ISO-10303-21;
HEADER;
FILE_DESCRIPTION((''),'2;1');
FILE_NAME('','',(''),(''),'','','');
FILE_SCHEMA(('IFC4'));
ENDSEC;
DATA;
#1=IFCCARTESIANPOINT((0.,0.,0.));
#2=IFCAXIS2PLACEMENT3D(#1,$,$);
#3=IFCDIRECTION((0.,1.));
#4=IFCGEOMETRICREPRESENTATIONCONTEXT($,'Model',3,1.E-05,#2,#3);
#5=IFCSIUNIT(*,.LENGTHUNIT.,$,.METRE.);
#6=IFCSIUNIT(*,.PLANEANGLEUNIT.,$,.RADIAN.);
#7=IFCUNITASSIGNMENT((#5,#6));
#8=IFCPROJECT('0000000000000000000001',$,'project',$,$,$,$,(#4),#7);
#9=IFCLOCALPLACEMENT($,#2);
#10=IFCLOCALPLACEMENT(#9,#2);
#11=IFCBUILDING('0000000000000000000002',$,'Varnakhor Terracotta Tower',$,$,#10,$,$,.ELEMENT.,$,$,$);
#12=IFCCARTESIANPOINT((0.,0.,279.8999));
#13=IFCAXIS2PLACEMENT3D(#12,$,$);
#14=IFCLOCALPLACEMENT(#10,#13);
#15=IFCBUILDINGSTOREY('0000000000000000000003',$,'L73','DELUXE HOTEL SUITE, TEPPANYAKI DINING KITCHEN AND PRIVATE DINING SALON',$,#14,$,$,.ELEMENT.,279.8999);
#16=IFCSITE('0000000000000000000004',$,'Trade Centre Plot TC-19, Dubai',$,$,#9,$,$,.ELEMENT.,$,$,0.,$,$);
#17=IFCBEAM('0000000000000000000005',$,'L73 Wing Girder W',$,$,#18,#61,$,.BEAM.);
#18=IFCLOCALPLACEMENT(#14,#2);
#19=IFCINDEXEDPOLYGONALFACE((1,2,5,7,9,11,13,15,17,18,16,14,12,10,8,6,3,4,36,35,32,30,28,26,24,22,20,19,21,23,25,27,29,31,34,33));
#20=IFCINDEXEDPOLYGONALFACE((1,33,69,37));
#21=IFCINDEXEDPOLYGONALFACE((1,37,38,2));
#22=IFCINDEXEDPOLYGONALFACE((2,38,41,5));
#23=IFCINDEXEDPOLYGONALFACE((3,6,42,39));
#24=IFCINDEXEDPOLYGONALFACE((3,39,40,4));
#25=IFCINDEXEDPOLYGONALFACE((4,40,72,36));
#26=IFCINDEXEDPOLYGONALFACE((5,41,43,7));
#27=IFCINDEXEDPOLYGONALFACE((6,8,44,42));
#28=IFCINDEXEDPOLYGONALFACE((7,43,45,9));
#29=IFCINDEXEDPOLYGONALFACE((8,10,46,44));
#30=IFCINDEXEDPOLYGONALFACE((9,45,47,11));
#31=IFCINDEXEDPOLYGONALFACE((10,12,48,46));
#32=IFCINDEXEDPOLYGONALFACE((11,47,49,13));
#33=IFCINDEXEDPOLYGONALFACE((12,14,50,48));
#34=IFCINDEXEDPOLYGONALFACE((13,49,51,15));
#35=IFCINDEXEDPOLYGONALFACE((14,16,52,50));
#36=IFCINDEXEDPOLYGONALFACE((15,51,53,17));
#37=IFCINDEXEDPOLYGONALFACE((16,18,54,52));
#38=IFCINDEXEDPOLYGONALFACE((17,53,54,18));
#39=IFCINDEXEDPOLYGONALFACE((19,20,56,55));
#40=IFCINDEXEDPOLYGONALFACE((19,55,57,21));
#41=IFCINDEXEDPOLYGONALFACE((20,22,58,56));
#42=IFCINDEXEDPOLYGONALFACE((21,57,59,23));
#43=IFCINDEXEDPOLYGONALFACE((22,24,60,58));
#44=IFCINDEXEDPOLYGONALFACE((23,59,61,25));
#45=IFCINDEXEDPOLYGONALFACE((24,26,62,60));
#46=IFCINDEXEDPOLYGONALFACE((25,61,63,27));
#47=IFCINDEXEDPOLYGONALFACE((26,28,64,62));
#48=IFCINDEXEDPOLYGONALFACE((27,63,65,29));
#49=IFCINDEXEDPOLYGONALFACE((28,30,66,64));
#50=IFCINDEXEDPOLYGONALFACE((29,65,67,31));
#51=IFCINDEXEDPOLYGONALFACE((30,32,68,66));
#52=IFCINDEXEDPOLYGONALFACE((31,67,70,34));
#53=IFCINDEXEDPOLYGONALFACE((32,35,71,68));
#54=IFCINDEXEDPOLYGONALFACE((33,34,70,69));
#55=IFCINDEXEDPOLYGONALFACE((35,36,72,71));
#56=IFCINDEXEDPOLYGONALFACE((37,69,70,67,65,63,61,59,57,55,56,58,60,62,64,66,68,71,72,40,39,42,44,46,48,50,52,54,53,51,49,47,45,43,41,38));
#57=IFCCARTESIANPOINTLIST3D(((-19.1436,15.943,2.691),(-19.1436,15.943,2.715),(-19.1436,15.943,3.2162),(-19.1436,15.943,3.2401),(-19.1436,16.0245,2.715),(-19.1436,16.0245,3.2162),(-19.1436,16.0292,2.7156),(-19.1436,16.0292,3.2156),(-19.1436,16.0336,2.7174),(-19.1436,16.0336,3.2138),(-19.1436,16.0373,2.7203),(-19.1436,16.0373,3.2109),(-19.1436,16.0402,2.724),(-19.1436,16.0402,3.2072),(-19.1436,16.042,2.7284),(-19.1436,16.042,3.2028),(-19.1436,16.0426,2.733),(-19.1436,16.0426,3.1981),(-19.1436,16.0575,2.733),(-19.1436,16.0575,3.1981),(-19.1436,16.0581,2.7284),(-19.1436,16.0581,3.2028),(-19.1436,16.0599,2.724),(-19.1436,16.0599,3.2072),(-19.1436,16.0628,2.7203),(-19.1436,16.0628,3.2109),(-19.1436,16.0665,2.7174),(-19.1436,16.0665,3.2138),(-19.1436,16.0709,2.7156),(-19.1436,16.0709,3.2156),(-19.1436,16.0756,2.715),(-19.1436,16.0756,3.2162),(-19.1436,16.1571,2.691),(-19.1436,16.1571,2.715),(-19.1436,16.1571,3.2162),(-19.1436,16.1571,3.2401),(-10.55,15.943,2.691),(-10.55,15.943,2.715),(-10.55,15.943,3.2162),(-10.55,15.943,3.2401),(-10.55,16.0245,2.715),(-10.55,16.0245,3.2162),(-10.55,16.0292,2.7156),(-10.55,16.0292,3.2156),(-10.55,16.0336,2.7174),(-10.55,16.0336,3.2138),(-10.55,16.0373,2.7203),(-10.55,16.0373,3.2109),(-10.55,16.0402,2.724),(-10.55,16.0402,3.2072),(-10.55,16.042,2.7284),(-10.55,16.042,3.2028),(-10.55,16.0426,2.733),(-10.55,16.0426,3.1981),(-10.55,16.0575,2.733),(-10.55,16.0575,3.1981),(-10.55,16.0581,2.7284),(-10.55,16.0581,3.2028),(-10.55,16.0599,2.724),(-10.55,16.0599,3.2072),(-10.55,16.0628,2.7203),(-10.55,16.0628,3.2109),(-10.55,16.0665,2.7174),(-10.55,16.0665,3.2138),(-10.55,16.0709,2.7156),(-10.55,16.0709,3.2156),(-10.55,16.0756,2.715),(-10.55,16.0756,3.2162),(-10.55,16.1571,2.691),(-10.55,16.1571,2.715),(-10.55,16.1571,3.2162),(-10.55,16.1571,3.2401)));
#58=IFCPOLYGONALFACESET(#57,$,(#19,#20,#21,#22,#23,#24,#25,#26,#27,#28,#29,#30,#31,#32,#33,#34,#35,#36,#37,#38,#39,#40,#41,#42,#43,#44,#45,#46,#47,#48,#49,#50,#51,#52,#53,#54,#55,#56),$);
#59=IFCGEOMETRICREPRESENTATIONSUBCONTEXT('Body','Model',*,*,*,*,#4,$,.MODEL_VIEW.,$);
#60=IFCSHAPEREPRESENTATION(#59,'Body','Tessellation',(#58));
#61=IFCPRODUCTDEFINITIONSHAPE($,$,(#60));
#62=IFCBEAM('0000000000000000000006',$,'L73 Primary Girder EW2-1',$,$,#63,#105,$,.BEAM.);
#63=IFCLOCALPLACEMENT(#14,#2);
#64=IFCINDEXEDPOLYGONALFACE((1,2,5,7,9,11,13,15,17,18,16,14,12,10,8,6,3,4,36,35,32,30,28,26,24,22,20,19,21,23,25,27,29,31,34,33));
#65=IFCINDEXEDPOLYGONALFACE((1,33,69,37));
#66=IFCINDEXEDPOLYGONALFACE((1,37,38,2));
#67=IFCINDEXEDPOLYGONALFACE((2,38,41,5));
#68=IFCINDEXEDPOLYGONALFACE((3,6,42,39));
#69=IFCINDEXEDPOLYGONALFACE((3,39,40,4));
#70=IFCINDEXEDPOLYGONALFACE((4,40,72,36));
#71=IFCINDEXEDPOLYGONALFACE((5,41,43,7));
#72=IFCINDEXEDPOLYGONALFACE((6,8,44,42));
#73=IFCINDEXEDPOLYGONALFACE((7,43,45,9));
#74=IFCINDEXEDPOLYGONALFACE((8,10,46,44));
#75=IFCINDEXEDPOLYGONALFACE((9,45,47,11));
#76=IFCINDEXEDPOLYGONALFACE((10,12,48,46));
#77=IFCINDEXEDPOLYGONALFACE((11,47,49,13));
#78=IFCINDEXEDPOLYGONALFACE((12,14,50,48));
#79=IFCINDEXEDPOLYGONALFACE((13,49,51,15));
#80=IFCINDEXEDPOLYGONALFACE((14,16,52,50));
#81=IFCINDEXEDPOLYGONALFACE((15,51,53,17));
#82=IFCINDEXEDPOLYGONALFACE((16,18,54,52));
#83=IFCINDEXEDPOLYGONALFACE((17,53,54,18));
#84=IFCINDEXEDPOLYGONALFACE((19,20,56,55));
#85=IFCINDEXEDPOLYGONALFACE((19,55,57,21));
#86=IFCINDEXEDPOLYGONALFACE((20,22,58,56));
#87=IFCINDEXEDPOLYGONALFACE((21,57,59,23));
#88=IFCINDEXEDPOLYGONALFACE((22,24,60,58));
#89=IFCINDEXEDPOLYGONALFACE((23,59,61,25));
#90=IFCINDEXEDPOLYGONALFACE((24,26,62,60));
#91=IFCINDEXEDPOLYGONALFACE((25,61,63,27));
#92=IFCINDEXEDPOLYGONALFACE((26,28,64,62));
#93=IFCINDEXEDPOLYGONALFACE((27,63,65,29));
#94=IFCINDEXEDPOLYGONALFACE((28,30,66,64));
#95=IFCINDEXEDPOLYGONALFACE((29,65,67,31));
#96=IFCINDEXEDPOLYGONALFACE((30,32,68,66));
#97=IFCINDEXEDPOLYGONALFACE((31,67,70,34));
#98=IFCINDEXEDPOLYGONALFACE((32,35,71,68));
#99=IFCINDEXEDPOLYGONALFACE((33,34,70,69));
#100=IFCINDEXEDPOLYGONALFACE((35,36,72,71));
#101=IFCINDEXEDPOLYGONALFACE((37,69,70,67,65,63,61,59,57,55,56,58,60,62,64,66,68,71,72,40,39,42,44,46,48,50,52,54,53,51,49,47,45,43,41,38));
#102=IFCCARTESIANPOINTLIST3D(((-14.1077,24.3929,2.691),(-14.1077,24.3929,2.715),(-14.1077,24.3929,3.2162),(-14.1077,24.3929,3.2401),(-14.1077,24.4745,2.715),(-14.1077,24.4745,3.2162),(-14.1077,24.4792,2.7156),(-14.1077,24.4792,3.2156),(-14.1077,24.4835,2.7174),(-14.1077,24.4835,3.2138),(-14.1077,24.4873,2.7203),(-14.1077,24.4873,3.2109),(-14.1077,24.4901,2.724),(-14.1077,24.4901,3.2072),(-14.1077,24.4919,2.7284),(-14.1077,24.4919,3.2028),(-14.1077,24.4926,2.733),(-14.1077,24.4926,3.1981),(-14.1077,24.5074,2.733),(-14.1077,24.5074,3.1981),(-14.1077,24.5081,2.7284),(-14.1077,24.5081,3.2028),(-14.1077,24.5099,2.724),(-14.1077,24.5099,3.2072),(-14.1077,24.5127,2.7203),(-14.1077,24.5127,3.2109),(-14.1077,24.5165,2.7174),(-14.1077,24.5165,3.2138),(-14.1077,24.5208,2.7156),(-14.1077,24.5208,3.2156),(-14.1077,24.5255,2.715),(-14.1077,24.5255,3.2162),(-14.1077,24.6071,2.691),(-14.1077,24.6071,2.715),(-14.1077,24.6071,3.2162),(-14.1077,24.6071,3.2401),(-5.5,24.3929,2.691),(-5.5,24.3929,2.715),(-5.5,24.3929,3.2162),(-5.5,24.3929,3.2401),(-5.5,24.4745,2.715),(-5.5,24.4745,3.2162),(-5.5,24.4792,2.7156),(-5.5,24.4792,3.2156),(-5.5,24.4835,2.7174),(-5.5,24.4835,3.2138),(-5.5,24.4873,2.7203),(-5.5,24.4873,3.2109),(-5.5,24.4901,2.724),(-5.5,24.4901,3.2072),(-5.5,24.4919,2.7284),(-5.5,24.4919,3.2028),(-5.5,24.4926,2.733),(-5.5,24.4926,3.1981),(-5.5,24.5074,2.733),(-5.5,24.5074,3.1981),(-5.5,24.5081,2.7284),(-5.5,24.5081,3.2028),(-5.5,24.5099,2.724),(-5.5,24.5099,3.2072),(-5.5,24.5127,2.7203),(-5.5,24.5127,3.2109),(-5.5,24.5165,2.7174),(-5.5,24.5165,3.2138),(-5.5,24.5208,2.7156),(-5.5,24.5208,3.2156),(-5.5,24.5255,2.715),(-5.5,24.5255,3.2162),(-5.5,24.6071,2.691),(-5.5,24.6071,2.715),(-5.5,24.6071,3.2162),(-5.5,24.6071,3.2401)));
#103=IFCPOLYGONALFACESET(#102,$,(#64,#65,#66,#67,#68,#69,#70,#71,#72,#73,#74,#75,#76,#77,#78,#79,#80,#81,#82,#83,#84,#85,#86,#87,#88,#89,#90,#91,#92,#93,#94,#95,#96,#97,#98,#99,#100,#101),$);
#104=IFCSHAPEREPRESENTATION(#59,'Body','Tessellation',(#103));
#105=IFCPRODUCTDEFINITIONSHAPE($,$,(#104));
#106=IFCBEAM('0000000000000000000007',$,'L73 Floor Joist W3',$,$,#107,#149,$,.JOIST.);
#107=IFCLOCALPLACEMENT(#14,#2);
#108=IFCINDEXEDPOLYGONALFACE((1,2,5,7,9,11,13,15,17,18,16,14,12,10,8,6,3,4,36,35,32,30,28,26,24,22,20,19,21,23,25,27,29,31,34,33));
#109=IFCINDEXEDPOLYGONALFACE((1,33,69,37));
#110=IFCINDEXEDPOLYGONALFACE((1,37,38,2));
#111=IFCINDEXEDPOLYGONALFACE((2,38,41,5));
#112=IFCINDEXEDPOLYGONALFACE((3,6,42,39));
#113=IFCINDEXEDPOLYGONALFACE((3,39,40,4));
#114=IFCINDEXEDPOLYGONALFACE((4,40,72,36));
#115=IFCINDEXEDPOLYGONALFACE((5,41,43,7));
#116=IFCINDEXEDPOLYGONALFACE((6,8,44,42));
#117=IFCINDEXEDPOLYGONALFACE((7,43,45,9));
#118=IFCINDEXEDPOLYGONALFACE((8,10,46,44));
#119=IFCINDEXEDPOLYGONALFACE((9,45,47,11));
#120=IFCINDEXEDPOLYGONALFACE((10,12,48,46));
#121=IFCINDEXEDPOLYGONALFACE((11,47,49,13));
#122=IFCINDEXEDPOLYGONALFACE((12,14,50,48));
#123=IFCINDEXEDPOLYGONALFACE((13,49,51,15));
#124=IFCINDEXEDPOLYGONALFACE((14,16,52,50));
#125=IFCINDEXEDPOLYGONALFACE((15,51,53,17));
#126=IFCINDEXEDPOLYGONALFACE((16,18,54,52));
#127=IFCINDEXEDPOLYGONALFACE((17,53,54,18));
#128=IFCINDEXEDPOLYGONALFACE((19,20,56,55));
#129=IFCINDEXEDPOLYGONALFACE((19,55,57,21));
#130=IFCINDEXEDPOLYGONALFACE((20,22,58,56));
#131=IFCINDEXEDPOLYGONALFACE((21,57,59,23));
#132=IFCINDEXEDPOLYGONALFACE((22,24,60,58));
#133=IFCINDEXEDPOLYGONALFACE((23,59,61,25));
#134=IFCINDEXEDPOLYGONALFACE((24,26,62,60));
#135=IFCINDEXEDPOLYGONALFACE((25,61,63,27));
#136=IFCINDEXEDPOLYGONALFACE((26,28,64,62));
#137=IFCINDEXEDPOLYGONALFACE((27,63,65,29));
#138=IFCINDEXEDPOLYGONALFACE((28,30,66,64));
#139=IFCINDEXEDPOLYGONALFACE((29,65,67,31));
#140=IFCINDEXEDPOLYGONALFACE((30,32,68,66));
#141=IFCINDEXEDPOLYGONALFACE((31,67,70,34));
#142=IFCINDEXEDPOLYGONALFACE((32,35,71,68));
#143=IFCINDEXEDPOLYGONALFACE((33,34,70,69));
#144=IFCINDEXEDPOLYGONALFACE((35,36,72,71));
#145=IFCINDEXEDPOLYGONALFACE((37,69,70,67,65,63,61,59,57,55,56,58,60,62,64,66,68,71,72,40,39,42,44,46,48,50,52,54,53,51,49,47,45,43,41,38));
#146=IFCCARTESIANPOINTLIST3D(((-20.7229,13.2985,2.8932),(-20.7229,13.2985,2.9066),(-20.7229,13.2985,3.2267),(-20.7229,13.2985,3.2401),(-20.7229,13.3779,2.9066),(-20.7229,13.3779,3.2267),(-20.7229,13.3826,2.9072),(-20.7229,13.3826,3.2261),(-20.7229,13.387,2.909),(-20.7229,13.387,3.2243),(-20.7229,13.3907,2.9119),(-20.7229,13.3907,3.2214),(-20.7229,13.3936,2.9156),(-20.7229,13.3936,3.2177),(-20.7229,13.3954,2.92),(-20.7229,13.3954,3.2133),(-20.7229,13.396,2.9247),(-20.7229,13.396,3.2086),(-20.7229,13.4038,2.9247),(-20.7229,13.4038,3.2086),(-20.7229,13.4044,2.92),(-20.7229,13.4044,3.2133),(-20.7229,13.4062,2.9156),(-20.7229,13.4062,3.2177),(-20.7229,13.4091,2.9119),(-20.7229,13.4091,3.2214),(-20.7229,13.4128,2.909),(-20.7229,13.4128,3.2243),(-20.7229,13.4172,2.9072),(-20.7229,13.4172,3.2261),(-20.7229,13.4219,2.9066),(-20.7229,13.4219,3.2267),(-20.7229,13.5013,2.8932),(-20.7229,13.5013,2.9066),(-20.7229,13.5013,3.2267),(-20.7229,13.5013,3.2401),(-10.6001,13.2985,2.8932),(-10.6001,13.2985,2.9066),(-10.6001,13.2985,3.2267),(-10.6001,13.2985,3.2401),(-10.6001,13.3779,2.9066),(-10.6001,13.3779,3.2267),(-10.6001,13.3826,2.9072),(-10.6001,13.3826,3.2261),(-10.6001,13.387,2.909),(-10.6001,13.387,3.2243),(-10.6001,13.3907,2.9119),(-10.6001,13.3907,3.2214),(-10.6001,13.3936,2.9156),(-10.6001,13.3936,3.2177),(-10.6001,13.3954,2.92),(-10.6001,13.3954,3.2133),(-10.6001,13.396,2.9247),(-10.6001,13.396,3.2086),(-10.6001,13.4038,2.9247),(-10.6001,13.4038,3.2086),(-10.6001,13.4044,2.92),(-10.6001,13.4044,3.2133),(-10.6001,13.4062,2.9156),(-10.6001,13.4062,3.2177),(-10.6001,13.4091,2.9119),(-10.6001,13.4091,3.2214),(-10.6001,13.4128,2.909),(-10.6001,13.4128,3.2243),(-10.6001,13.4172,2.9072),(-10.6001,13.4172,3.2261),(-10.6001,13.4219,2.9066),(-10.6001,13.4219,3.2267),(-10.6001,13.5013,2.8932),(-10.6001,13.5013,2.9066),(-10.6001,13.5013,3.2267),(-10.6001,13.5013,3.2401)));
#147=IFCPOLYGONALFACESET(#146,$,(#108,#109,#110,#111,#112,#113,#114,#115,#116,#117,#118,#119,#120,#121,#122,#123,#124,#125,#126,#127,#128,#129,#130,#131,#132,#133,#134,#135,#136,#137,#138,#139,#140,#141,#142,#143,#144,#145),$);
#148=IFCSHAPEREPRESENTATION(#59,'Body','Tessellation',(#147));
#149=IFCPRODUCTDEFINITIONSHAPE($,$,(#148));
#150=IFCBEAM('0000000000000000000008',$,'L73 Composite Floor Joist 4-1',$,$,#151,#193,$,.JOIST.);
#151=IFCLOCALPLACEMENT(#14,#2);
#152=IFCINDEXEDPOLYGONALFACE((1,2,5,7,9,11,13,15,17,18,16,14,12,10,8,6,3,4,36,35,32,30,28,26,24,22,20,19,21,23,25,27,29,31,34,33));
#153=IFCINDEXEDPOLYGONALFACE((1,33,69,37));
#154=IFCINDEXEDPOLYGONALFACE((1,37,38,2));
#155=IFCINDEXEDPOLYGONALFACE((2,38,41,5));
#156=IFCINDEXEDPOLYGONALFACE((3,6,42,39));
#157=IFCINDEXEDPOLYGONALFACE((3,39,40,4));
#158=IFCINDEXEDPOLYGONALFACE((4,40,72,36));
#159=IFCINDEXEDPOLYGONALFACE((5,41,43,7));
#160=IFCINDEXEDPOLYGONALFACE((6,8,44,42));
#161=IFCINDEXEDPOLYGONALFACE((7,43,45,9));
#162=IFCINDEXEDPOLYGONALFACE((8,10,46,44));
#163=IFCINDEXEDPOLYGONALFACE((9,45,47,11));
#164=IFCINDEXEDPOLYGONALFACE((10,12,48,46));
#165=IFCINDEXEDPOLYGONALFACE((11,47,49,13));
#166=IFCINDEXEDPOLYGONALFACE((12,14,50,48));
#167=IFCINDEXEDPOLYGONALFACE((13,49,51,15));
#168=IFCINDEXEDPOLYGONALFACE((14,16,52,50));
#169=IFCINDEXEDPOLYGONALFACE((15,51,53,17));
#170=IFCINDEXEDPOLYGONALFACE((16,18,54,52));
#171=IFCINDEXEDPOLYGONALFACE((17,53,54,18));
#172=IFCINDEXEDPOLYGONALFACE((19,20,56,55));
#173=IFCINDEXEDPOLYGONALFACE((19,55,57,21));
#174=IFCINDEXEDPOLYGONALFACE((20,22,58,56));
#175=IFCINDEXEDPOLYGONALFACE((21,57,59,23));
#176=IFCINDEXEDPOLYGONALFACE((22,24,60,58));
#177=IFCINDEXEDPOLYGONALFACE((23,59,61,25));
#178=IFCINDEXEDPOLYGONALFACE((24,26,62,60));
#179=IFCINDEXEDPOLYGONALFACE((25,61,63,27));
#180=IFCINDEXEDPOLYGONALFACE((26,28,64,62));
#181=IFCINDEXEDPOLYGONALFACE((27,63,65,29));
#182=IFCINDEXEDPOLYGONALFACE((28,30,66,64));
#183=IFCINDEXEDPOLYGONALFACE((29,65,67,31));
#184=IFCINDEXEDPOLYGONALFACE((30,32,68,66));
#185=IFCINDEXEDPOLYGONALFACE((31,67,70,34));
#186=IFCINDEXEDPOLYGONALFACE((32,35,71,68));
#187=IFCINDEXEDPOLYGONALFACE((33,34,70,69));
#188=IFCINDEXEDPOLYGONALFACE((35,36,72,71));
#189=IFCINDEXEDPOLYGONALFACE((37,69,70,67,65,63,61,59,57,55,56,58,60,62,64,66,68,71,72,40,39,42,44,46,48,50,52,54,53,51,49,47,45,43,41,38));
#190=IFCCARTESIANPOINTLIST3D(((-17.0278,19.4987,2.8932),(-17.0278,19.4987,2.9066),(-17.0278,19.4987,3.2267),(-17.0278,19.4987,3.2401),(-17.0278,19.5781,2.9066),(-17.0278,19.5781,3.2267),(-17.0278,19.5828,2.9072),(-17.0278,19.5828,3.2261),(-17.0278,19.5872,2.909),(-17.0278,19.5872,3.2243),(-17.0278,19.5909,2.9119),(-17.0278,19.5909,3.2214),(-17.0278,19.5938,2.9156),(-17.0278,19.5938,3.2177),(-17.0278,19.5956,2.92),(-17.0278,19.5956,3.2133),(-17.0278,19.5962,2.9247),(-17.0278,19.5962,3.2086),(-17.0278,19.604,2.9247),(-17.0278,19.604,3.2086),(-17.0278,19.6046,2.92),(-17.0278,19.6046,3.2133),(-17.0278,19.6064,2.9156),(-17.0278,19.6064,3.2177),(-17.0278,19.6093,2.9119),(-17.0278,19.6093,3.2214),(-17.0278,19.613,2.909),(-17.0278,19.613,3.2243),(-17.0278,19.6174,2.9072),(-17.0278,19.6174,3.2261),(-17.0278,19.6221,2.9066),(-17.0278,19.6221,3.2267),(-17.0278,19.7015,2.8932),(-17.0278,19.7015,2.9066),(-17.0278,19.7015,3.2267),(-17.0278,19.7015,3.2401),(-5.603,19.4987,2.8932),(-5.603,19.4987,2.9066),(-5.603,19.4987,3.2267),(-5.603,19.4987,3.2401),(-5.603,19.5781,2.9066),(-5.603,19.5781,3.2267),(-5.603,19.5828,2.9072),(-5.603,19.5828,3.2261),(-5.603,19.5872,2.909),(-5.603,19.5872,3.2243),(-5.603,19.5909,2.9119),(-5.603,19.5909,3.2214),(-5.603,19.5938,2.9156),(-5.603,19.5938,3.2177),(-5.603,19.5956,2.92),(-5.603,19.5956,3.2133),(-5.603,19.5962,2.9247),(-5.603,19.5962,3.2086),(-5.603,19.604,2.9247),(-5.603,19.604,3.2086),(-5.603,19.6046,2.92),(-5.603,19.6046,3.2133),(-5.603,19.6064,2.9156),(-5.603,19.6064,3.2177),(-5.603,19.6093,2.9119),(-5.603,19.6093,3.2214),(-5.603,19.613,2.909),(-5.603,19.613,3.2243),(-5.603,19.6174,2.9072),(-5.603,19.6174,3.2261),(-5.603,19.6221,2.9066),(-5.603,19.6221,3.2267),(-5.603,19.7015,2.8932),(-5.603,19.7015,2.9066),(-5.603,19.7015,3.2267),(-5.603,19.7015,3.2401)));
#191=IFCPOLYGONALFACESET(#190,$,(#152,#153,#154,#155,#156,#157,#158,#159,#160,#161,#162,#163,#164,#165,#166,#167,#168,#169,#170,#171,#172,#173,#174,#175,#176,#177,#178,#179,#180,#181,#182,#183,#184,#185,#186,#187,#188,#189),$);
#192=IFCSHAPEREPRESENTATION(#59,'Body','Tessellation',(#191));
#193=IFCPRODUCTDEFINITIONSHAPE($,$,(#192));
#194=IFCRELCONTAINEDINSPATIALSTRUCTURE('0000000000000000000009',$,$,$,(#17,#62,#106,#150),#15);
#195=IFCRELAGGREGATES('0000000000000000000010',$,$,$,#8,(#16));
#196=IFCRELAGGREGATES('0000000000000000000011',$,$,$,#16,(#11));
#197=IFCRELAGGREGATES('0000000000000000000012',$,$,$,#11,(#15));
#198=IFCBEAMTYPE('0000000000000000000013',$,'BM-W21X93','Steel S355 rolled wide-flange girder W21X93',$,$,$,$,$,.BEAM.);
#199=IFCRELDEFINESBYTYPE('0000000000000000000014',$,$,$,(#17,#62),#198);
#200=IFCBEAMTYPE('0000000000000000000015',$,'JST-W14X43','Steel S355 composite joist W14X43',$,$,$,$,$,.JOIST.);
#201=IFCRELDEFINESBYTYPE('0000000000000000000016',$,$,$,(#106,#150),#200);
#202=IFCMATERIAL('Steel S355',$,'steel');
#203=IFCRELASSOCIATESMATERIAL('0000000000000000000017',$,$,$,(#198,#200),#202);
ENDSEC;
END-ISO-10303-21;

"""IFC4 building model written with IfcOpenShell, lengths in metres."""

from ifc_helpers import new_model, si_unit, direction, frame, origin, origin_2d, place, context, subcontext, project, spatial, i_section, extrude, source, transform, mapped, material, material_profile, profile_set, type_object, element, save


model = new_model("IFC4")

# Units and contexts
model_context = context("Model", 3, precision=1e-05, world=origin(), true_north=direction((0.0, 1.0)))
body_context = subcontext(model_context, "Body", "Model", "MODEL_VIEW")
ifc_project = project(units=[si_unit("LENGTHUNIT", "METRE"), si_unit("PLANEANGLEUNIT", "RADIAN")], contexts=[model_context])

# Site, building, storey
site_placement = place(None, origin())
site = spatial("IfcSite", under=ifc_project, at=site_placement, Name="Trade Centre Plot TC-19, Dubai", CompositionType="ELEMENT", RefElevation=0.0)
building_placement = place(site_placement, origin())
building = spatial("IfcBuilding", under=site, at=building_placement, Name="Varnakhor Terracotta Tower", CompositionType="ELEMENT")
storey_placement = place(building_placement, frame((0.0, 0.0, 279.8999)))
storey = spatial("IfcBuildingStorey", under=building, at=storey_placement, Name="L73", Description="DELUXE HOTEL SUITE, TEPPANYAKI DINING KITCHEN AND PRIVATE DINING SALON", CompositionType="ELEMENT", Elevation=279.8999)

# Beams
ifc_material_1 = material(Name="Steel S355", Category="steel")
ifc_material_profile_1 = material_profile(ifc_material_1, i_section(OverallWidth=0.2141, OverallDepth=0.5491, WebThickness=0.0149, FlangeThickness=0.0239, FilletRadius=0.0181, at=origin_2d()), Name="W21X93")
ifc_profile_set_1 = profile_set([ifc_material_profile_1], Name="Steel S355")
beam_type_1 = type_object("IfcBeamType", Name="BM-W21X93", Description="Steel S355 rolled wide-flange girder W21X93", PredefinedType="BEAM", material=ifc_profile_set_1)
shared_shape_1 = source(origin(), body_context, "Body", "SweptSolid", [
    extrude(i_section(OverallWidth=0.2141, OverallDepth=0.5491, WebThickness=0.0149, FlangeThickness=0.0239, FilletRadius=0.0181, at=origin_2d()), origin(), (0.0, 0.0, 1.0), 8.5935),
])
beam_1_placement = place(storey_placement, frame((-19.1436, 16.05, 2.9656), z_axis=(1.0, 0.0, 0.0), x_axis=(0.0, 1.0, 0.0)))
element("IfcBeam", 1, at=beam_1_placement, inside=storey, type_object=beam_type_1, Name="L73 Wing Girder W", PredefinedType="BEAM", context=body_context, shape_type="MappedRepresentation", body=[
    mapped(shared_shape_1, transform((0.0, 0.0, 0.0), scale=1.0)),
])
shared_shape_2 = source(origin(), body_context, "Body", "SweptSolid", [
    extrude(i_section(OverallWidth=0.2141, OverallDepth=0.5491, WebThickness=0.0149, FlangeThickness=0.0239, FilletRadius=0.0181, at=origin_2d()), origin(), (0.0, 0.0, 1.0), 8.6077),
])
beam_2_placement = place(storey_placement, frame((-14.1077, 24.5, 2.9656), z_axis=(1.0, 0.0, 0.0), x_axis=(0.0, 1.0, 0.0)))
element("IfcBeam", 2, at=beam_2_placement, inside=storey, type_object=beam_type_1, Name="L73 Primary Girder EW2-1", PredefinedType="BEAM", context=body_context, shape_type="MappedRepresentation", body=[
    mapped(shared_shape_2, transform((0.0, 0.0, 0.0), scale=1.0)),
])
ifc_material_profile_2 = material_profile(ifc_material_1, i_section(OverallWidth=0.2029, OverallDepth=0.3469, WebThickness=0.0078, FlangeThickness=0.0134, FilletRadius=0.0181, at=origin_2d()), Name="W14X43")
ifc_profile_set_2 = profile_set([ifc_material_profile_2], Name="Steel S355")
beam_type_2 = type_object("IfcBeamType", Name="JST-W14X43", Description="Steel S355 composite joist W14X43", PredefinedType="JOIST", material=ifc_profile_set_2)
shared_shape_3 = source(origin(), body_context, "Body", "SweptSolid", [
    extrude(i_section(OverallWidth=0.2029, OverallDepth=0.3469, WebThickness=0.0078, FlangeThickness=0.0134, FilletRadius=0.0181, at=origin_2d()), origin(), (0.0, 0.0, 1.0), 10.1228),
])
beam_3_placement = place(storey_placement, frame((-20.7229, 13.3999, 3.0667), z_axis=(1.0, 0.0, 0.0), x_axis=(0.0, 1.0, 0.0)))
element("IfcBeam", 3, at=beam_3_placement, inside=storey, type_object=beam_type_2, Name="L73 Floor Joist W3", PredefinedType="JOIST", context=body_context, shape_type="MappedRepresentation", body=[
    mapped(shared_shape_3, transform((0.0, 0.0, 0.0), scale=1.0)),
])
shared_shape_4 = source(origin(), body_context, "Body", "SweptSolid", [
    extrude(i_section(OverallWidth=0.2029, OverallDepth=0.3469, WebThickness=0.0078, FlangeThickness=0.0134, FilletRadius=0.0181, at=origin_2d()), origin(), (0.0, 0.0, 1.0), 11.4248),
])
beam_4_placement = place(storey_placement, frame((-17.0278, 19.6001, 3.0667), z_axis=(1.0, 0.0, 0.0), x_axis=(0.0, 1.0, 0.0)))
element("IfcBeam", 4, at=beam_4_placement, inside=storey, type_object=beam_type_2, Name="L73 Composite Floor Joist 4-1", PredefinedType="JOIST", context=body_context, shape_type="MappedRepresentation", body=[
    mapped(shared_shape_4, transform((0.0, 0.0, 0.0), scale=1.0)),
])

save(model, "model.ifc")
